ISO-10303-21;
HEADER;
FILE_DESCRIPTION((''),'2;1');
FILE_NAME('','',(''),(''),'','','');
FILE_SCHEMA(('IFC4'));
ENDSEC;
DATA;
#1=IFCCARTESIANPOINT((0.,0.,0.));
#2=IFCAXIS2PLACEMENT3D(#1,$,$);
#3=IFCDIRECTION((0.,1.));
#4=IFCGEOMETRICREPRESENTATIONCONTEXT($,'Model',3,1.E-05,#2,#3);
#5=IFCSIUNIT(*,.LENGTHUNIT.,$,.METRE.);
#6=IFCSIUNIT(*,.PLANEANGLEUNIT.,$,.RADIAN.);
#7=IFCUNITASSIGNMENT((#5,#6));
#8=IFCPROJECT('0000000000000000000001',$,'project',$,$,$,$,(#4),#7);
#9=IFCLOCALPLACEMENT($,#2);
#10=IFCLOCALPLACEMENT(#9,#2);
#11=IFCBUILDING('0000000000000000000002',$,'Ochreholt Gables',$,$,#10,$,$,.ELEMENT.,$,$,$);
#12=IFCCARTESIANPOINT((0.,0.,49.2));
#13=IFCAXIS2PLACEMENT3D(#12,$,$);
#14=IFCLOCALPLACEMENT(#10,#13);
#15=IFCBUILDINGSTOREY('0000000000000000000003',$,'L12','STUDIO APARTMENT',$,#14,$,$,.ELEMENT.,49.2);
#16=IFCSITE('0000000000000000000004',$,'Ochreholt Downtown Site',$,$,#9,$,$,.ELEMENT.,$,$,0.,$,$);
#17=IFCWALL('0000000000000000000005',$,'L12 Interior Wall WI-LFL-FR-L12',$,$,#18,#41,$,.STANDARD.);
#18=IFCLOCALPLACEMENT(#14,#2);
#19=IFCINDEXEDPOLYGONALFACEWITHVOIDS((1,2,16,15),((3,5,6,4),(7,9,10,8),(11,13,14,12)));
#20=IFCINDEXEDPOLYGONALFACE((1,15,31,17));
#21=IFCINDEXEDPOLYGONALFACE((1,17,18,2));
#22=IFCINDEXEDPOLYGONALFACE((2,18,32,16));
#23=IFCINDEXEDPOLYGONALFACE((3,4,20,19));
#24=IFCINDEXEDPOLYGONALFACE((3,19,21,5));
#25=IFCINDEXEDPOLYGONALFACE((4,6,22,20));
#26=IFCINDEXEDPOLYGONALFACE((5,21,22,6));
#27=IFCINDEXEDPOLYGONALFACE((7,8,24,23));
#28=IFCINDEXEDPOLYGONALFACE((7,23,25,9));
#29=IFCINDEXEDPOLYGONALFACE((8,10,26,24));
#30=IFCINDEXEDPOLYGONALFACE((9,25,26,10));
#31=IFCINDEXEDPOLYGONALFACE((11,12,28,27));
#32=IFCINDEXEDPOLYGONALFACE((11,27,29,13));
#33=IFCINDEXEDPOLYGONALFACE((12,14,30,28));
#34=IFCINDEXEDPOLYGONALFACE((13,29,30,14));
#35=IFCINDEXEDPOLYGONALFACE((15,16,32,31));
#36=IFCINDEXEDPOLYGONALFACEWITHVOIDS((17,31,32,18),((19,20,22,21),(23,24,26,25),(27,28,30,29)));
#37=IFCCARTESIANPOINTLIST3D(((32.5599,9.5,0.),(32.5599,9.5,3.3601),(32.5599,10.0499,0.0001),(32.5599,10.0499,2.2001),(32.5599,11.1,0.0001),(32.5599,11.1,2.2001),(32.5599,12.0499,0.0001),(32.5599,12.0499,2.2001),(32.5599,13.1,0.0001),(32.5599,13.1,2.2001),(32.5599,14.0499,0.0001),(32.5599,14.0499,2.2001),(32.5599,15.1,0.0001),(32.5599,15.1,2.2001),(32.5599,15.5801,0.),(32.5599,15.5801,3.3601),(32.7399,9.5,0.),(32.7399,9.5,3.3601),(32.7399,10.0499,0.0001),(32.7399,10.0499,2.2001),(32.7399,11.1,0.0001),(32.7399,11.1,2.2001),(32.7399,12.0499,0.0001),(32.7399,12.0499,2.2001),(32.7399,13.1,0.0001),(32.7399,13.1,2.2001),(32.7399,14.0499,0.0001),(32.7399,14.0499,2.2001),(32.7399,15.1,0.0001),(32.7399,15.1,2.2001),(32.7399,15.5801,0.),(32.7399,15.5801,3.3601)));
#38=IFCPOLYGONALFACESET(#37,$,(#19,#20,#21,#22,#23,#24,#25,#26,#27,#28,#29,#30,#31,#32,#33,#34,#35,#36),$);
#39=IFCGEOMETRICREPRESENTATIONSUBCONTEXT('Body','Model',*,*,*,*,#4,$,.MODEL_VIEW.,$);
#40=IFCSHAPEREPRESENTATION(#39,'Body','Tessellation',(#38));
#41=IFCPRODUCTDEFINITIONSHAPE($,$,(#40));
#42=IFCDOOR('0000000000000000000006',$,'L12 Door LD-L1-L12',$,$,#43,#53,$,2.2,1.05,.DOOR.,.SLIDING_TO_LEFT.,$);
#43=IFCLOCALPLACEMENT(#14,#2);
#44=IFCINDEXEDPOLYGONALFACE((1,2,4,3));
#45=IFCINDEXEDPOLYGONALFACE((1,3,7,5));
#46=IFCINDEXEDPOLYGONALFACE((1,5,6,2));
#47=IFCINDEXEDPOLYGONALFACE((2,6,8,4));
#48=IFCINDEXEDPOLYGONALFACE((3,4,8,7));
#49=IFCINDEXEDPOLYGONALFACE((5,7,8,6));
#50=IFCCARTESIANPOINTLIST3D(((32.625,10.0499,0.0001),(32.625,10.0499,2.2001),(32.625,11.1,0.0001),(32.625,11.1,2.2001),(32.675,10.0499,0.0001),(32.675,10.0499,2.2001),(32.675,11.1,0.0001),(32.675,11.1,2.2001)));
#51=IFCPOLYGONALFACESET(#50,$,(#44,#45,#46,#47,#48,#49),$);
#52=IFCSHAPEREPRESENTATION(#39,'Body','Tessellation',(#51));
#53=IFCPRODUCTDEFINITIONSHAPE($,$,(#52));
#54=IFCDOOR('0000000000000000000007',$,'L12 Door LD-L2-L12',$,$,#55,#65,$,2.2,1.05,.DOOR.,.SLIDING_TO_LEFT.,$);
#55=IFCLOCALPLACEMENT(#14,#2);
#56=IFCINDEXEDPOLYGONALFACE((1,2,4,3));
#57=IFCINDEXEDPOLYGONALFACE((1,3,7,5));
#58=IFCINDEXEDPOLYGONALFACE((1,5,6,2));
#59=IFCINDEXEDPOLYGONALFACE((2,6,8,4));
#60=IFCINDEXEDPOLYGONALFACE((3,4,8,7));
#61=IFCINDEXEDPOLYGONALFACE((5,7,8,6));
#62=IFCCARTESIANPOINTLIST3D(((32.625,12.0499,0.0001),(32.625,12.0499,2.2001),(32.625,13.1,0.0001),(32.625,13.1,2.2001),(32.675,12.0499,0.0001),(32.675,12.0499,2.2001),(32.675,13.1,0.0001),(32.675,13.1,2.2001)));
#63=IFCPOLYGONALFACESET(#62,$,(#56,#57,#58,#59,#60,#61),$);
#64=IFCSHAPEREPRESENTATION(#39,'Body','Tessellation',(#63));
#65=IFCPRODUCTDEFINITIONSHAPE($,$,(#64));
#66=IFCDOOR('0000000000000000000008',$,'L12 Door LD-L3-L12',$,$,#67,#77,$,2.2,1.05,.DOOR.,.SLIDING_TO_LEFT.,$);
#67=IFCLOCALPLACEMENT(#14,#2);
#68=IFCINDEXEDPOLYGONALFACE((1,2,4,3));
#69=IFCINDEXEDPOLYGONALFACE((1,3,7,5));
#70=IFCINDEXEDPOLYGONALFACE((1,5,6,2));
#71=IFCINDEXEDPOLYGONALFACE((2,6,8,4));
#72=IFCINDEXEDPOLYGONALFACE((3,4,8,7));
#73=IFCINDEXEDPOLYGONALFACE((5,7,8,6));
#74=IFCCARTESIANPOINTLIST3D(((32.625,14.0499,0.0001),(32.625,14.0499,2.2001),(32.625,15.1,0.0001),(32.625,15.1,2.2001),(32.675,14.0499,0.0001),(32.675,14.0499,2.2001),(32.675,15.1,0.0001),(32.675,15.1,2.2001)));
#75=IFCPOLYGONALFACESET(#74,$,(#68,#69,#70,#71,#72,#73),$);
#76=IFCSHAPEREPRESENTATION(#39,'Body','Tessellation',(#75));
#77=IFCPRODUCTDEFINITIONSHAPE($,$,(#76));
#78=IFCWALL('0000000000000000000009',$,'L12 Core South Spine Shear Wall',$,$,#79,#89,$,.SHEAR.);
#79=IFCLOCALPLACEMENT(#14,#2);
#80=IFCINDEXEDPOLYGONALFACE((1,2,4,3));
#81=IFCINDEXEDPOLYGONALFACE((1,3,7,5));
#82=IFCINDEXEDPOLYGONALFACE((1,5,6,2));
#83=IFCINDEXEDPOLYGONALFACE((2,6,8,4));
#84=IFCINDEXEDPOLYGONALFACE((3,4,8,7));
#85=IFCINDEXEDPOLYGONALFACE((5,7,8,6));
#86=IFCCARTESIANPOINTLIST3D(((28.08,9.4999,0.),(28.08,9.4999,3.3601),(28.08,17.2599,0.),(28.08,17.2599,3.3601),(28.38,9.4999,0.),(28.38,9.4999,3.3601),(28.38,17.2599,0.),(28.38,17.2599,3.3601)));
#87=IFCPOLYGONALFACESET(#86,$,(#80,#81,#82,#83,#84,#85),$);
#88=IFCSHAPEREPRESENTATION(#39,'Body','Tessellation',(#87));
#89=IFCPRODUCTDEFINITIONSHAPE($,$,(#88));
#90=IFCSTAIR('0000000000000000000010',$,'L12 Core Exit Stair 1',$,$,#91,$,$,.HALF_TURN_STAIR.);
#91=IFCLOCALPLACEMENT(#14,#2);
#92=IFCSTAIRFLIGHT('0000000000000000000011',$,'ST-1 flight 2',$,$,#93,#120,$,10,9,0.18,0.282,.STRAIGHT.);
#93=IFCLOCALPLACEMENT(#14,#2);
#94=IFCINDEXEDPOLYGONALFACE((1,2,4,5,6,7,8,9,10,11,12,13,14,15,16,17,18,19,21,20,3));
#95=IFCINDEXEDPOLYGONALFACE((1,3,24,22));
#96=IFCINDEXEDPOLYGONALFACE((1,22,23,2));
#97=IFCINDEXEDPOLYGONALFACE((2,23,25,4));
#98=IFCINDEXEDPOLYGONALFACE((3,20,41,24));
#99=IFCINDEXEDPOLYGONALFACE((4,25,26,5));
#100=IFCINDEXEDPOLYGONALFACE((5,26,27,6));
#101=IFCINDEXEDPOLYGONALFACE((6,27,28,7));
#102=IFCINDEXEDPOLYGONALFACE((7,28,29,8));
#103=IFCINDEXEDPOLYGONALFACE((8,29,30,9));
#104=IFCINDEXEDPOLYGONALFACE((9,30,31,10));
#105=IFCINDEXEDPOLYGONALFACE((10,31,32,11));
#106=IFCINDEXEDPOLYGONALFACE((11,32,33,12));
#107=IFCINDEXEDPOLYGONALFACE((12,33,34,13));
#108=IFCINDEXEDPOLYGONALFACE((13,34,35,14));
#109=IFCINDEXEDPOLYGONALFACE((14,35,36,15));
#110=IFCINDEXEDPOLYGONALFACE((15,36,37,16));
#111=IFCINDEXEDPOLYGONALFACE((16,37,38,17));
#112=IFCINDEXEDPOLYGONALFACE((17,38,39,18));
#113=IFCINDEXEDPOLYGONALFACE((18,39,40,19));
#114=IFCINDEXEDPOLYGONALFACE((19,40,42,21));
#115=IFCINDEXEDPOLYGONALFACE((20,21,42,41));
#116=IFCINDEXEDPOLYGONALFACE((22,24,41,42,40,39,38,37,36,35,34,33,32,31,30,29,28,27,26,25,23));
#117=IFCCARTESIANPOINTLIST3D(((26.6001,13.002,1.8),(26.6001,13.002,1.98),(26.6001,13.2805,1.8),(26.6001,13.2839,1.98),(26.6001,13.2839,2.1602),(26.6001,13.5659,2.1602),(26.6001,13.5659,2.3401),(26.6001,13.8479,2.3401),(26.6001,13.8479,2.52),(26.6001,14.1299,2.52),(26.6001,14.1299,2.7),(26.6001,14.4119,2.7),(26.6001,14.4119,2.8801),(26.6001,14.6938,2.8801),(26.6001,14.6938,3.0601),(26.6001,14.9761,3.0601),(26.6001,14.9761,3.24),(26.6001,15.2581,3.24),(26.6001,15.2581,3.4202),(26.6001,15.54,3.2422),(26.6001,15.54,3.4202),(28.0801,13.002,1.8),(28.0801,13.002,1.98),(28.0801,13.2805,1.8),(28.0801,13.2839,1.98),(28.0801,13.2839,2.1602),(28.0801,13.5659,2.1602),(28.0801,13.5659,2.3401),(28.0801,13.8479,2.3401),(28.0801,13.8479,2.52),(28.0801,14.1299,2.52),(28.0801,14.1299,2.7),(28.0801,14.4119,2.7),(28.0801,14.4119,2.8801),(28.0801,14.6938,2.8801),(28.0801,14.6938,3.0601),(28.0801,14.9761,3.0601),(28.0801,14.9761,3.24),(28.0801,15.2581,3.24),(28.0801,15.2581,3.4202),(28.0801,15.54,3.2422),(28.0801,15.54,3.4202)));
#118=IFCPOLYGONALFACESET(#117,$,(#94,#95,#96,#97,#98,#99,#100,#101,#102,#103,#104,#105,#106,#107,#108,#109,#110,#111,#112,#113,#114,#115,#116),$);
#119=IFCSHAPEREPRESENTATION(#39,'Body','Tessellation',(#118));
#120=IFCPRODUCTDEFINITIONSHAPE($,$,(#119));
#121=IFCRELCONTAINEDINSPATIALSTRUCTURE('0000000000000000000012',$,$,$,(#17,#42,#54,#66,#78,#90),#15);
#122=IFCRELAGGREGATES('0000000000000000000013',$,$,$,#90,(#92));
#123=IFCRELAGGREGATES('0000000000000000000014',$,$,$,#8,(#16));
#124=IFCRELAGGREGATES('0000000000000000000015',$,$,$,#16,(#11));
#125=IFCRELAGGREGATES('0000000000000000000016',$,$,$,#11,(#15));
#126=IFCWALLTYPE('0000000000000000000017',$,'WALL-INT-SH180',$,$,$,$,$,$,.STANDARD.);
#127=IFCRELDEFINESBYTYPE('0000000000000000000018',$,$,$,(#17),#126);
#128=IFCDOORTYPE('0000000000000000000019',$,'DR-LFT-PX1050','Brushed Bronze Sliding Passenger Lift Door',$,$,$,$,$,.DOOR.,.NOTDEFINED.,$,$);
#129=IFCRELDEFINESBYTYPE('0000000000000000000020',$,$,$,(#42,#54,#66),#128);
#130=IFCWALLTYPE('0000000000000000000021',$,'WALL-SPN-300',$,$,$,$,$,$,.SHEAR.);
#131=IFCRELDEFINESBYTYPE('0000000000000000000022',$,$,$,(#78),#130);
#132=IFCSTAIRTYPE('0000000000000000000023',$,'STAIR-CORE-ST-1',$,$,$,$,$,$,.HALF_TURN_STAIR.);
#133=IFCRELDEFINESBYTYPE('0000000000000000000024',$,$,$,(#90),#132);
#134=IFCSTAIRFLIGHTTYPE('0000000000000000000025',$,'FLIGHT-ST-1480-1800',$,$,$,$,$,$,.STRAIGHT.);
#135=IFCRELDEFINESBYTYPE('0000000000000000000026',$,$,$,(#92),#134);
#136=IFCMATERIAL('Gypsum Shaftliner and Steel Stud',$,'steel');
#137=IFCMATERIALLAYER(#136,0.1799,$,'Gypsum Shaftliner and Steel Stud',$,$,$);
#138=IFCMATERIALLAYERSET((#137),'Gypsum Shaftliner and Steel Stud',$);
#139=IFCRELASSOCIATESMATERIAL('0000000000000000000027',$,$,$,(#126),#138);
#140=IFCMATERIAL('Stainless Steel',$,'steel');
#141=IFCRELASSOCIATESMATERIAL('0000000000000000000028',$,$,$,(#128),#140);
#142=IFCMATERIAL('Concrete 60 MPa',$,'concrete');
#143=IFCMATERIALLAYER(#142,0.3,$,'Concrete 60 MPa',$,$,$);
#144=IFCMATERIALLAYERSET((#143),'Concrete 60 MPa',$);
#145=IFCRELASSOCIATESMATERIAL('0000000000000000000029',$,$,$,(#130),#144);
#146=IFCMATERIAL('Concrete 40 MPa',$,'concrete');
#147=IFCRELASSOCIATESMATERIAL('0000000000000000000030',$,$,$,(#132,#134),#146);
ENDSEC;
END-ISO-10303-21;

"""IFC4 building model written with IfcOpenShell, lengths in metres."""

from ifc_helpers import new_model, si_unit, direction, frame, frame_2d, origin, place, context, subcontext, project, spatial, polyline, rectangle, outline, extrude, material, layer, layer_set, type_object, element, fill, aggregate, save


model = new_model("IFC4")

# Units and contexts
model_context = context("Model", 3, precision=1e-05, world=origin(), true_north=direction((0.0, 1.0)))
body_context = subcontext(model_context, "Body", "Model", "MODEL_VIEW")
ifc_project = project(units=[si_unit("LENGTHUNIT", "METRE"), si_unit("PLANEANGLEUNIT", "RADIAN")], contexts=[model_context])

# Site, building, storey
site_placement = place(None, origin())
site = spatial("IfcSite", under=ifc_project, at=site_placement, Name="Ochreholt Downtown Site", CompositionType="ELEMENT", RefElevation=0.0)
building_placement = place(site_placement, origin())
building = spatial("IfcBuilding", under=site, at=building_placement, Name="Ochreholt Gables", CompositionType="ELEMENT")
storey_placement = place(building_placement, frame((0.0, 0.0, 49.2)))
storey = spatial("IfcBuildingStorey", under=building, at=storey_placement, Name="L12", Description="STUDIO APARTMENT", CompositionType="ELEMENT", Elevation=49.2)

# Shared definitions
ifc_material_1 = material(Name="Concrete 60 MPa", Category="concrete")

# Shared definitions
ifc_material_2 = material(Name="Gypsum Shaftliner and Steel Stud", Category="steel")

# Wall, openings, doors
ifc_layer_1 = layer(ifc_material_2, 0.1799, Name="Gypsum Shaftliner and Steel Stud")
ifc_layer_set_1 = layer_set([ifc_layer_1], Name="Gypsum Shaftliner and Steel Stud")
wall_type_1 = type_object("IfcWallType", Name="WALL-INT-SH180", PredefinedType="STANDARD", material=ifc_layer_set_1)
wall_1_placement = place(storey_placement, frame((32.6499, 9.5, 0.0), z_axis=(0.0, 0.0, 1.0), x_axis=(0.0, 1.0, 0.0)))
wall_1 = element("IfcWall", 1, at=wall_1_placement, inside=storey, type_object=wall_type_1, Name="L12 Interior Wall WI-LFL-FR-L12", PredefinedType="STANDARD", context=body_context, shape_type="SweptSolid", body=[
    extrude(rectangle(XDim=6.0801, YDim=0.1799, at=frame_2d((3.04, 0.0))), origin(), (0.0, 0.0, 1.0), 3.3601),
])
opening_1_placement = place(wall_1_placement, frame((0.55, 0.0, 0.0)))
opening_1 = element("IfcOpeningElement", 2, at=opening_1_placement, cuts=wall_1, PredefinedType="OPENING", context=body_context, shape_type="SweptSolid", body=[
    extrude(rectangle(XDim=1.05, YDim=2.2, at=frame_2d((0.5249, 1.1001))), frame((0.0, 0.0999, 0.0), z_axis=(0.0, -1.0, 0.0), x_axis=(1.0, 0.0, 0.0)), (0.0, 0.0, 1.0), 0.2),
])
opening_2_placement = place(wall_1_placement, frame((2.55, 0.0, 0.0)))
opening_2 = element("IfcOpeningElement", 3, at=opening_2_placement, cuts=wall_1, PredefinedType="OPENING", context=body_context, shape_type="SweptSolid", body=[
    extrude(rectangle(XDim=1.05, YDim=2.2, at=frame_2d((0.5249, 1.1001))), frame((0.0, 0.0999, 0.0), z_axis=(0.0, -1.0, 0.0), x_axis=(1.0, 0.0, 0.0)), (0.0, 0.0, 1.0), 0.2),
])
opening_3_placement = place(wall_1_placement, frame((4.55, 0.0, 0.0)))
opening_3 = element("IfcOpeningElement", 4, at=opening_3_placement, cuts=wall_1, PredefinedType="OPENING", context=body_context, shape_type="SweptSolid", body=[
    extrude(rectangle(XDim=1.05, YDim=2.2, at=frame_2d((0.5249, 1.1001))), frame((0.0, 0.0999, 0.0), z_axis=(0.0, -1.0, 0.0), x_axis=(1.0, 0.0, 0.0)), (0.0, 0.0, 1.0), 0.2),
])
ifc_material_3 = material(Name="Stainless Steel", Category="steel")
door_type_1 = type_object("IfcDoorType", Name="DR-LFT-PX1050", Description="Brushed Bronze Sliding Passenger Lift Door", OperationType="NOTDEFINED", PredefinedType="DOOR", material=ifc_material_3)
door_1_placement = place(opening_1_placement, origin())
door_1 = element("IfcDoor", 5, at=door_1_placement, inside=storey, type_object=door_type_1, Name="L12 Door LD-L1-L12", OperationType="SLIDING_TO_LEFT", OverallHeight=2.2, OverallWidth=1.05, PredefinedType="DOOR", context=body_context, shape_type="SweptSolid", body=[
    extrude(rectangle(XDim=1.05, YDim=2.2, at=frame_2d((0.5249, 1.1001))), frame((0.0, 0.0249, 0.0), z_axis=(0.0, -1.0, 0.0), x_axis=(1.0, 0.0, 0.0)), (0.0, 0.0, 1.0), 0.05),
])
fill(opening_1, door_1)
door_2_placement = place(opening_2_placement, origin())
door_2 = element("IfcDoor", 6, at=door_2_placement, inside=storey, type_object=door_type_1, Name="L12 Door LD-L2-L12", OperationType="SLIDING_TO_LEFT", OverallHeight=2.2, OverallWidth=1.05, PredefinedType="DOOR", context=body_context, shape_type="SweptSolid", body=[
    extrude(rectangle(XDim=1.05, YDim=2.2, at=frame_2d((0.5249, 1.1001))), frame((0.0, 0.0249, 0.0), z_axis=(0.0, -1.0, 0.0), x_axis=(1.0, 0.0, 0.0)), (0.0, 0.0, 1.0), 0.05),
])
fill(opening_2, door_2)
door_3_placement = place(opening_3_placement, origin())
door_3 = element("IfcDoor", 7, at=door_3_placement, inside=storey, type_object=door_type_1, Name="L12 Door LD-L3-L12", OperationType="SLIDING_TO_LEFT", OverallHeight=2.2, OverallWidth=1.05, PredefinedType="DOOR", context=body_context, shape_type="SweptSolid", body=[
    extrude(rectangle(XDim=1.05, YDim=2.2, at=frame_2d((0.5249, 1.1001))), frame((0.0, 0.0249, 0.0), z_axis=(0.0, -1.0, 0.0), x_axis=(1.0, 0.0, 0.0)), (0.0, 0.0, 1.0), 0.05),
])
fill(opening_3, door_3)

# Wall
ifc_layer_2 = layer(ifc_material_1, 0.3, Name="Concrete 60 MPa")
ifc_layer_set_2 = layer_set([ifc_layer_2], Name="Concrete 60 MPa")
wall_type_2 = type_object("IfcWallType", Name="WALL-SPN-300", PredefinedType="SHEAR", material=ifc_layer_set_2)
wall_2_placement = place(storey_placement, frame((28.23, 9.5, 0.0), z_axis=(0.0, 0.0, 1.0), x_axis=(0.0, 1.0, 0.0)))
element("IfcWall", 8, at=wall_2_placement, inside=storey, type_object=wall_type_2, Name="L12 Core South Spine Shear Wall", PredefinedType="SHEAR", context=body_context, shape_type="SweptSolid", body=[
    extrude(rectangle(XDim=7.76, YDim=0.3, at=frame_2d((3.8799, 0.0))), origin(), (0.0, 0.0, 1.0), 3.3601),
])

# Stair, stair flight
ifc_material_4 = material(Name="Concrete 40 MPa", Category="concrete")
stair_type = type_object("IfcStairType", Name="STAIR-CORE-ST-1", PredefinedType="HALF_TURN_STAIR", material=ifc_material_4)
stair_placement = place(storey_placement, origin())
stair = element("IfcStair", 9, at=stair_placement, inside=storey, type_object=stair_type, Name="L12 Core Exit Stair 1", PredefinedType="HALF_TURN_STAIR")
stair_flight_type = type_object("IfcStairFlightType", Name="FLIGHT-ST-1480-1800", PredefinedType="STRAIGHT", material=ifc_material_4)
stair_flight_placement = place(storey_placement, frame((27.3401, 13.002, 1.8), z_axis=(0.0, 0.0, 1.0), x_axis=(0.0, 1.0, 0.0)))
stair_flight = element("IfcStairFlight", 10, at=stair_flight_placement, type_object=stair_flight_type, Name="ST-1 flight 2", NumberOfRisers=10, NumberOfTreads=9, PredefinedType="STRAIGHT", RiserHeight=0.18, TreadLength=0.282, context=body_context, shape_type="SweptSolid", body=[
    extrude(outline(polyline([(0.0, 0.0), (0.0, 0.1799), (0.282, 0.1799), (0.282, 0.3601), (0.564, 0.3601), (0.564, 0.54), (0.8459, 0.54), (0.8459, 0.72), (1.1279, 0.72), (1.1279, 0.8999), (1.4099, 0.8999), (1.4099, 1.0801), (1.6919, 1.0801), (1.6919, 1.26), (1.9741, 1.26), (1.9741, 1.4399), (2.2561, 1.4399), (2.2561, 1.6201), (2.5381, 1.6201), (2.5381, 1.8), (2.5381, 1.4421), (0.2786, 0.0), (0.0, 0.0)])), frame((0.0, 0.74, 0.0), z_axis=(0.0, -1.0, 0.0), x_axis=(1.0, 0.0, 0.0)), (0.0, 0.0, 1.0), 1.48),
])
aggregate(stair, [stair_flight])

save(model, "model.ifc")
